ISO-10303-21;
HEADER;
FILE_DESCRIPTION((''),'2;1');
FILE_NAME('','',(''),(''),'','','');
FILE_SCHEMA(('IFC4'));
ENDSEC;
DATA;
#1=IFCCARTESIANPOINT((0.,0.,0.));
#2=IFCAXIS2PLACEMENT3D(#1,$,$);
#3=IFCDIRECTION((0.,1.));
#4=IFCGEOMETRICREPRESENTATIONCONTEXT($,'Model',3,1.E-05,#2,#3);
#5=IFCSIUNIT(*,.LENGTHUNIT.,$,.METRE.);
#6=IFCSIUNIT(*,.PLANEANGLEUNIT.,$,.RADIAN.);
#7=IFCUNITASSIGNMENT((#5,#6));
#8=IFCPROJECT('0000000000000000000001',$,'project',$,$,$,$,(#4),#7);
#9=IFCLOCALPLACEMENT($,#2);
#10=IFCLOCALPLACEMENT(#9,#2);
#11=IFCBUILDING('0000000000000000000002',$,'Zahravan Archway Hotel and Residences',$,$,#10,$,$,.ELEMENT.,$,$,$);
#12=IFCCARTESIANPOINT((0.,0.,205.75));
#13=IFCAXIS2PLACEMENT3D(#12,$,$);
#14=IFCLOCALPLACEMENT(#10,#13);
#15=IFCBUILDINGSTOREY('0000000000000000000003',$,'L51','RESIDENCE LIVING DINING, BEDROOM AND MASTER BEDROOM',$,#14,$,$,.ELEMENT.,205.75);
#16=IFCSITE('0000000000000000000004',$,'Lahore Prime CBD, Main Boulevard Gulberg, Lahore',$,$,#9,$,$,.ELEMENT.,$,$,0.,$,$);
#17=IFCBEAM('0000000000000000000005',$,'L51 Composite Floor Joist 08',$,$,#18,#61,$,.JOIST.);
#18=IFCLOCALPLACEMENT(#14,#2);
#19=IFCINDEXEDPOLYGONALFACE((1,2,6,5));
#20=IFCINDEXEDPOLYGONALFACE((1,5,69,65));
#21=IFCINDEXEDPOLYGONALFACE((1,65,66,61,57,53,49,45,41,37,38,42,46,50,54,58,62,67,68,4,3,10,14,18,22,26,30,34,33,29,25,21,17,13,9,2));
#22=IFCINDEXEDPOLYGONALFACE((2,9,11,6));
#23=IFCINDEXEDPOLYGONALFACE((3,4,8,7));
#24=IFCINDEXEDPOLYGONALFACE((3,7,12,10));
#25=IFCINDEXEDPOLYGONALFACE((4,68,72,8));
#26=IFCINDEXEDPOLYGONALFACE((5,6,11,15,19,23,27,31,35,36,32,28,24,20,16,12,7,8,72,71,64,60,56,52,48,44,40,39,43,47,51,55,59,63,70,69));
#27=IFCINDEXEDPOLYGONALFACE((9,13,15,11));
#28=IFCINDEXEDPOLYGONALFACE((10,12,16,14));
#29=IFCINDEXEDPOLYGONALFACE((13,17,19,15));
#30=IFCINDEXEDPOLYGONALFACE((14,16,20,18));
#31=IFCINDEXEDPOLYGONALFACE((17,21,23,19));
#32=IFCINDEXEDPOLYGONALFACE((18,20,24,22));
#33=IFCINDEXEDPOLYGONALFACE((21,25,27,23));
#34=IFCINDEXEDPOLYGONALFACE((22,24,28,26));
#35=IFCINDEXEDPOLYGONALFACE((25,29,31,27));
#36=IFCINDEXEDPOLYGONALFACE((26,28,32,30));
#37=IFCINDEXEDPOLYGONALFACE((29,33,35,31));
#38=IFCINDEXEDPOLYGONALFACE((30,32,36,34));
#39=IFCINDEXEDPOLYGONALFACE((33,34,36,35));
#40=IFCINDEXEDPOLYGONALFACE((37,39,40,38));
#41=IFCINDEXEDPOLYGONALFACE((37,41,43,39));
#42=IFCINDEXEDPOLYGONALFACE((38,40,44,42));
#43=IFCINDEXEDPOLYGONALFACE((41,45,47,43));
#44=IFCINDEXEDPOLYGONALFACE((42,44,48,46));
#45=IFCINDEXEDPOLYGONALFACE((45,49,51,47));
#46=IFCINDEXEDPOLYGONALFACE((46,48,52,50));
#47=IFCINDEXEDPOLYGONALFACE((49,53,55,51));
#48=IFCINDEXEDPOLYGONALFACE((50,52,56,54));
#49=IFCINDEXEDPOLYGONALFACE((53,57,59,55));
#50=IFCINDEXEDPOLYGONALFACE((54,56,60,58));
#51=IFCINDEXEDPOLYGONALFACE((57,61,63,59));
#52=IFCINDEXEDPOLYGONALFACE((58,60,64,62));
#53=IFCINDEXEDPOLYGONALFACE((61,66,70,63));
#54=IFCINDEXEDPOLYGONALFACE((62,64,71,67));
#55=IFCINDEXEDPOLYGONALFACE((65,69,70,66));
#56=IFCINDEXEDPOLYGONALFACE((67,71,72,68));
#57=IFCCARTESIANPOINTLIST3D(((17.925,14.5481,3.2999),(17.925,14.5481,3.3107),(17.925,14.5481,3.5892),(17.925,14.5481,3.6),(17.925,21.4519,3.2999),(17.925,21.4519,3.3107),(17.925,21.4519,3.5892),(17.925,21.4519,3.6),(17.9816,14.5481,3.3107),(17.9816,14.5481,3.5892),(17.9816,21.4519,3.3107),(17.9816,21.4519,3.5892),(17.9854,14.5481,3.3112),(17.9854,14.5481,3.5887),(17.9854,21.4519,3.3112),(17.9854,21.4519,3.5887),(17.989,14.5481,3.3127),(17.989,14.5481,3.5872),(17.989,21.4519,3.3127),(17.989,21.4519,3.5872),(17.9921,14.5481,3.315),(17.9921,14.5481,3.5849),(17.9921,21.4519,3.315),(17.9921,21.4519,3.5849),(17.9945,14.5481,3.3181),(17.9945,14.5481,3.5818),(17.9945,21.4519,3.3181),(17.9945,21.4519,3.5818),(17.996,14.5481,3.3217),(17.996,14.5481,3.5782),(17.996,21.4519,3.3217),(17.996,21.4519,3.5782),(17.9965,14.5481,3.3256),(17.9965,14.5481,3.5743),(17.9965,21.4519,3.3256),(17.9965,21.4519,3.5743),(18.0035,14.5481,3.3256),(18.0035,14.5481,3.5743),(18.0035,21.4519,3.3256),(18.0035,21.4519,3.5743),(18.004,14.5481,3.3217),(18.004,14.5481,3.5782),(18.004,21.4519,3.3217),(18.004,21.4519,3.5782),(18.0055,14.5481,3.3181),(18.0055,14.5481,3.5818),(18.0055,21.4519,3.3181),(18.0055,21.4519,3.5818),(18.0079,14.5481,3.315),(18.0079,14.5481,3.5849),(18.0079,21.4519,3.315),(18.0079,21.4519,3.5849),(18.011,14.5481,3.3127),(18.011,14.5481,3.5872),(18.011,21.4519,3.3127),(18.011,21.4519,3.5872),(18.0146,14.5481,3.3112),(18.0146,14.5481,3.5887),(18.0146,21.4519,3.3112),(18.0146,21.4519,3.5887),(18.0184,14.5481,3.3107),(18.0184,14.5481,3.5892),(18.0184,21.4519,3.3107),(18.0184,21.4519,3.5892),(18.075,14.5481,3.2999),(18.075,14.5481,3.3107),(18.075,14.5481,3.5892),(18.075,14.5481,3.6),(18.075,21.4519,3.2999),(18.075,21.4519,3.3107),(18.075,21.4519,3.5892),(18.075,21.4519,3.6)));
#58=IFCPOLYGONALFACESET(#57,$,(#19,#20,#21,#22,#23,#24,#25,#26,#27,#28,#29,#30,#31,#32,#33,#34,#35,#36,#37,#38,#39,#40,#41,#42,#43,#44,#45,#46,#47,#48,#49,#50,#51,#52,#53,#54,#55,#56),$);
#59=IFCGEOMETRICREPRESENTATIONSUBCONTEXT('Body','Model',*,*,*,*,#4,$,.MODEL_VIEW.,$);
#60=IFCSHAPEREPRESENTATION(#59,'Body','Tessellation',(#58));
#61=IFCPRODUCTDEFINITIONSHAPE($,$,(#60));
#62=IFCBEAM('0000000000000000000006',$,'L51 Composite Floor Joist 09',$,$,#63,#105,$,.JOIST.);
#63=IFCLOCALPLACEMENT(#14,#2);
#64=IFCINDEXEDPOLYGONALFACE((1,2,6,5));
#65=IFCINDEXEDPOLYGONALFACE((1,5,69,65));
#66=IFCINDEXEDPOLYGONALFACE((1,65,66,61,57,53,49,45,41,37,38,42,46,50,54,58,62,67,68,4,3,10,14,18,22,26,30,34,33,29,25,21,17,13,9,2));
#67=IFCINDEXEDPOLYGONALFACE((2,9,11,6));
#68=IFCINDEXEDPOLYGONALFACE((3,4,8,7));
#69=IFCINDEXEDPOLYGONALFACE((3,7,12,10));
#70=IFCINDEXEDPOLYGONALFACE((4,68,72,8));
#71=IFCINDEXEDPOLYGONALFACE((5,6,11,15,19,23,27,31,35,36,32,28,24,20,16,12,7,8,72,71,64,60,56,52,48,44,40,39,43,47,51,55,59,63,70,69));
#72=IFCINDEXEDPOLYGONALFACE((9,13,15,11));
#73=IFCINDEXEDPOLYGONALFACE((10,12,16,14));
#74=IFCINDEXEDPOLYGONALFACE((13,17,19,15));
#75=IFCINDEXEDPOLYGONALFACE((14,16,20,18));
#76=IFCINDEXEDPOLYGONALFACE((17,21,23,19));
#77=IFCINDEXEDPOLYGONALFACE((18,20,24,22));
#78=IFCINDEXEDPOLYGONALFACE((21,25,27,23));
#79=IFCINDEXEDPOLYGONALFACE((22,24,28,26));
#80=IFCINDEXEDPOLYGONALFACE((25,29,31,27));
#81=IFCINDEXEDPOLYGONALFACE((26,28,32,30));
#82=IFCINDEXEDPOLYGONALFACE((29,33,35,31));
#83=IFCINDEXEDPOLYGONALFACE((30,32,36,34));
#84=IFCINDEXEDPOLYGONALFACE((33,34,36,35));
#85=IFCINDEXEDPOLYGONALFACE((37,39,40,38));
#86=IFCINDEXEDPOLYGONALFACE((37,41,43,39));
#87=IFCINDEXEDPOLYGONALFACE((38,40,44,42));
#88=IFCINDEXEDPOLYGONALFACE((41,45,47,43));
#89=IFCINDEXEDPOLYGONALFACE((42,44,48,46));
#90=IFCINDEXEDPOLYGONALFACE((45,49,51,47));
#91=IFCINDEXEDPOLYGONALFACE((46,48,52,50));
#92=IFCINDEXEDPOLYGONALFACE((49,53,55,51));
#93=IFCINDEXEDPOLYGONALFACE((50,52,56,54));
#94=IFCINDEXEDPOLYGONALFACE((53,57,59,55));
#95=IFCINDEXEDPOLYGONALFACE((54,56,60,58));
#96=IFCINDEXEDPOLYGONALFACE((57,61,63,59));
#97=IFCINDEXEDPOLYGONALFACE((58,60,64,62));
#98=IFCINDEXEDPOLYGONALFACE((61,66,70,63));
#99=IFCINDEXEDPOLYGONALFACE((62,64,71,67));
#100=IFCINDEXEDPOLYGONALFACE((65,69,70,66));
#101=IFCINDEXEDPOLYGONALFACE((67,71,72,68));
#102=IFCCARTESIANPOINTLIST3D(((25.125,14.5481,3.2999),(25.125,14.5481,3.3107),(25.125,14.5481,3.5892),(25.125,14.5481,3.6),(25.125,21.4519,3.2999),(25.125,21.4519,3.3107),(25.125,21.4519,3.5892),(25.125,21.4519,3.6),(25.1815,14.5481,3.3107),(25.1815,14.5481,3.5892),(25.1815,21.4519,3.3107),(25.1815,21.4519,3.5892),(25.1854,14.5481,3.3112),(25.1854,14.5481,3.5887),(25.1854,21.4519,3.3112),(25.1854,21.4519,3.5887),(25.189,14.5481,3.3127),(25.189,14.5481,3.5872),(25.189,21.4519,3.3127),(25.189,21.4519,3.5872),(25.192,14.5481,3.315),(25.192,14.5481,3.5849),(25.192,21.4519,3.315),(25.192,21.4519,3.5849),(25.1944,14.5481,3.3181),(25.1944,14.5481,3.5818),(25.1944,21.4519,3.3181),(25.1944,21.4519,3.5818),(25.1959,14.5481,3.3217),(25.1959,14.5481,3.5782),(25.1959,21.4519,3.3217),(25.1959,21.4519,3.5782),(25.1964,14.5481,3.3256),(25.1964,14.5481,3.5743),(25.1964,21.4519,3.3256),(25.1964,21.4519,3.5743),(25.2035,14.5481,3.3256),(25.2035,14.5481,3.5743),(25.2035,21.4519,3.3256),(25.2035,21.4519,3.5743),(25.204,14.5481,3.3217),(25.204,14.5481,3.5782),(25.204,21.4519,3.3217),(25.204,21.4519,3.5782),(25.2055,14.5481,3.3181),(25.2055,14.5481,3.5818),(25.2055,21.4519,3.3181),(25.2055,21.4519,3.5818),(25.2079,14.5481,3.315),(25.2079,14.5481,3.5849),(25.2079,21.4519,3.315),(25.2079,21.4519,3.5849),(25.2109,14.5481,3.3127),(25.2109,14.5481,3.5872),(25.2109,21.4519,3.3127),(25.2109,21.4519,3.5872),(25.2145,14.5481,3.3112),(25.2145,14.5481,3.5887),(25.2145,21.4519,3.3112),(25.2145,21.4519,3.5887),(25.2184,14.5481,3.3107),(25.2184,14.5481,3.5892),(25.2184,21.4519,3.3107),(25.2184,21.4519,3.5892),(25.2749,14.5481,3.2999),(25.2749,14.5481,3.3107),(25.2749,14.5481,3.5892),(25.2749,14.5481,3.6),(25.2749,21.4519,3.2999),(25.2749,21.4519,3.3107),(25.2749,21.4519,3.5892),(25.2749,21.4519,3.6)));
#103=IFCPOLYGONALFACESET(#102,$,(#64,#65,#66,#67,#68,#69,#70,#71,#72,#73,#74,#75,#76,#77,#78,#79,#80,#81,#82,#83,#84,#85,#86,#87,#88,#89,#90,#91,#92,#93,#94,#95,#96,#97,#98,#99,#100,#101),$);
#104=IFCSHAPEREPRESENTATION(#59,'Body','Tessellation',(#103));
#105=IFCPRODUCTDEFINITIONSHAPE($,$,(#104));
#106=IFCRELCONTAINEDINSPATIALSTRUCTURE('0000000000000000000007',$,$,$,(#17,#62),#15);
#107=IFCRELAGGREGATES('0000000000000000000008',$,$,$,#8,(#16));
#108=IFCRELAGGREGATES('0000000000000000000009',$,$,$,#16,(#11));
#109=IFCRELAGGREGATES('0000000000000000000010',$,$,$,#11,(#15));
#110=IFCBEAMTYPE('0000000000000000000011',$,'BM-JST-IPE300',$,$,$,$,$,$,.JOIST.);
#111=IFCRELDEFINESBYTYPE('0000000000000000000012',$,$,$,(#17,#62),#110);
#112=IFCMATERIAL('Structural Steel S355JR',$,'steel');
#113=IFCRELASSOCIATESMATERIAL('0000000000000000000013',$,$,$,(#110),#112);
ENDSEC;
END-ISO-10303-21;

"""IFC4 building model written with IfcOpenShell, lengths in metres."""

from ifc_helpers import new_model, si_unit, direction, frame, origin, origin_2d, place, context, subcontext, project, spatial, i_section, extrude, source, transform, mapped, material, material_profile, profile_set, type_object, element, save


model = new_model("IFC4")

# Units and contexts
model_context = context("Model", 3, precision=1e-05, world=origin(), true_north=direction((0.0, 1.0)))
body_context = subcontext(model_context, "Body", "Model", "MODEL_VIEW")
ifc_project = project(units=[si_unit("LENGTHUNIT", "METRE"), si_unit("PLANEANGLEUNIT", "RADIAN")], contexts=[model_context])

# Site, building, storey
site_placement = place(None, origin())
site = spatial("IfcSite", under=ifc_project, at=site_placement, Name="Lahore Prime CBD, Main Boulevard Gulberg, Lahore", CompositionType="ELEMENT", RefElevation=0.0)
building_placement = place(site_placement, origin())
building = spatial("IfcBuilding", under=site, at=building_placement, Name="Zahravan Archway Hotel and Residences", CompositionType="ELEMENT")
storey_placement = place(building_placement, frame((0.0, 0.0, 205.75)))
storey = spatial("IfcBuildingStorey", under=building, at=storey_placement, Name="L51", Description="RESIDENCE LIVING DINING, BEDROOM AND MASTER BEDROOM", CompositionType="ELEMENT", Elevation=205.75)

# Beams
ifc_material_1 = material(Name="Structural Steel S355JR", Category="steel")
ifc_material_profile_1 = material_profile(ifc_material_1, i_section(OverallWidth=0.1499, OverallDepth=0.3, WebThickness=0.0071, FlangeThickness=0.0107, FilletRadius=0.0149, at=origin_2d()), Name="IPE 300", Category="steel")
ifc_profile_set_1 = profile_set([ifc_material_profile_1], Name="Structural Steel S355JR")
beam_type_1 = type_object("IfcBeamType", Name="BM-JST-IPE300", PredefinedType="JOIST", material=ifc_profile_set_1)
shared_shape_1 = source(origin(), body_context, "Body", "SweptSolid", [
    extrude(i_section(OverallWidth=0.1499, OverallDepth=0.3, WebThickness=0.0071, FlangeThickness=0.0107, FilletRadius=0.0149, at=origin_2d()), origin(), (0.0, 0.0, 1.0), 6.9038),
])
for number, where, z_axis, x_axis, name in (
    (1, (18.0, 14.5481, 3.45), (0.0, 1.0, 0.0), (-1.0, 0.0, 0.0), "L51 Composite Floor Joist 08"),
    (2, (25.2, 14.5481, 3.45), (0.0, 1.0, 0.0), (-1.0, 0.0, 0.0), "L51 Composite Floor Joist 09"),
):
    element("IfcBeam", number, at=place(storey_placement, frame(where, z_axis=z_axis, x_axis=x_axis)), inside=storey, type_object=beam_type_1, Name=name, PredefinedType="JOIST", context=body_context, shape_type="MappedRepresentation", body=[
        mapped(shared_shape_1, transform((0.0, 0.0, 0.0), scale=1.0)),
    ])

save(model, "model.ifc")
